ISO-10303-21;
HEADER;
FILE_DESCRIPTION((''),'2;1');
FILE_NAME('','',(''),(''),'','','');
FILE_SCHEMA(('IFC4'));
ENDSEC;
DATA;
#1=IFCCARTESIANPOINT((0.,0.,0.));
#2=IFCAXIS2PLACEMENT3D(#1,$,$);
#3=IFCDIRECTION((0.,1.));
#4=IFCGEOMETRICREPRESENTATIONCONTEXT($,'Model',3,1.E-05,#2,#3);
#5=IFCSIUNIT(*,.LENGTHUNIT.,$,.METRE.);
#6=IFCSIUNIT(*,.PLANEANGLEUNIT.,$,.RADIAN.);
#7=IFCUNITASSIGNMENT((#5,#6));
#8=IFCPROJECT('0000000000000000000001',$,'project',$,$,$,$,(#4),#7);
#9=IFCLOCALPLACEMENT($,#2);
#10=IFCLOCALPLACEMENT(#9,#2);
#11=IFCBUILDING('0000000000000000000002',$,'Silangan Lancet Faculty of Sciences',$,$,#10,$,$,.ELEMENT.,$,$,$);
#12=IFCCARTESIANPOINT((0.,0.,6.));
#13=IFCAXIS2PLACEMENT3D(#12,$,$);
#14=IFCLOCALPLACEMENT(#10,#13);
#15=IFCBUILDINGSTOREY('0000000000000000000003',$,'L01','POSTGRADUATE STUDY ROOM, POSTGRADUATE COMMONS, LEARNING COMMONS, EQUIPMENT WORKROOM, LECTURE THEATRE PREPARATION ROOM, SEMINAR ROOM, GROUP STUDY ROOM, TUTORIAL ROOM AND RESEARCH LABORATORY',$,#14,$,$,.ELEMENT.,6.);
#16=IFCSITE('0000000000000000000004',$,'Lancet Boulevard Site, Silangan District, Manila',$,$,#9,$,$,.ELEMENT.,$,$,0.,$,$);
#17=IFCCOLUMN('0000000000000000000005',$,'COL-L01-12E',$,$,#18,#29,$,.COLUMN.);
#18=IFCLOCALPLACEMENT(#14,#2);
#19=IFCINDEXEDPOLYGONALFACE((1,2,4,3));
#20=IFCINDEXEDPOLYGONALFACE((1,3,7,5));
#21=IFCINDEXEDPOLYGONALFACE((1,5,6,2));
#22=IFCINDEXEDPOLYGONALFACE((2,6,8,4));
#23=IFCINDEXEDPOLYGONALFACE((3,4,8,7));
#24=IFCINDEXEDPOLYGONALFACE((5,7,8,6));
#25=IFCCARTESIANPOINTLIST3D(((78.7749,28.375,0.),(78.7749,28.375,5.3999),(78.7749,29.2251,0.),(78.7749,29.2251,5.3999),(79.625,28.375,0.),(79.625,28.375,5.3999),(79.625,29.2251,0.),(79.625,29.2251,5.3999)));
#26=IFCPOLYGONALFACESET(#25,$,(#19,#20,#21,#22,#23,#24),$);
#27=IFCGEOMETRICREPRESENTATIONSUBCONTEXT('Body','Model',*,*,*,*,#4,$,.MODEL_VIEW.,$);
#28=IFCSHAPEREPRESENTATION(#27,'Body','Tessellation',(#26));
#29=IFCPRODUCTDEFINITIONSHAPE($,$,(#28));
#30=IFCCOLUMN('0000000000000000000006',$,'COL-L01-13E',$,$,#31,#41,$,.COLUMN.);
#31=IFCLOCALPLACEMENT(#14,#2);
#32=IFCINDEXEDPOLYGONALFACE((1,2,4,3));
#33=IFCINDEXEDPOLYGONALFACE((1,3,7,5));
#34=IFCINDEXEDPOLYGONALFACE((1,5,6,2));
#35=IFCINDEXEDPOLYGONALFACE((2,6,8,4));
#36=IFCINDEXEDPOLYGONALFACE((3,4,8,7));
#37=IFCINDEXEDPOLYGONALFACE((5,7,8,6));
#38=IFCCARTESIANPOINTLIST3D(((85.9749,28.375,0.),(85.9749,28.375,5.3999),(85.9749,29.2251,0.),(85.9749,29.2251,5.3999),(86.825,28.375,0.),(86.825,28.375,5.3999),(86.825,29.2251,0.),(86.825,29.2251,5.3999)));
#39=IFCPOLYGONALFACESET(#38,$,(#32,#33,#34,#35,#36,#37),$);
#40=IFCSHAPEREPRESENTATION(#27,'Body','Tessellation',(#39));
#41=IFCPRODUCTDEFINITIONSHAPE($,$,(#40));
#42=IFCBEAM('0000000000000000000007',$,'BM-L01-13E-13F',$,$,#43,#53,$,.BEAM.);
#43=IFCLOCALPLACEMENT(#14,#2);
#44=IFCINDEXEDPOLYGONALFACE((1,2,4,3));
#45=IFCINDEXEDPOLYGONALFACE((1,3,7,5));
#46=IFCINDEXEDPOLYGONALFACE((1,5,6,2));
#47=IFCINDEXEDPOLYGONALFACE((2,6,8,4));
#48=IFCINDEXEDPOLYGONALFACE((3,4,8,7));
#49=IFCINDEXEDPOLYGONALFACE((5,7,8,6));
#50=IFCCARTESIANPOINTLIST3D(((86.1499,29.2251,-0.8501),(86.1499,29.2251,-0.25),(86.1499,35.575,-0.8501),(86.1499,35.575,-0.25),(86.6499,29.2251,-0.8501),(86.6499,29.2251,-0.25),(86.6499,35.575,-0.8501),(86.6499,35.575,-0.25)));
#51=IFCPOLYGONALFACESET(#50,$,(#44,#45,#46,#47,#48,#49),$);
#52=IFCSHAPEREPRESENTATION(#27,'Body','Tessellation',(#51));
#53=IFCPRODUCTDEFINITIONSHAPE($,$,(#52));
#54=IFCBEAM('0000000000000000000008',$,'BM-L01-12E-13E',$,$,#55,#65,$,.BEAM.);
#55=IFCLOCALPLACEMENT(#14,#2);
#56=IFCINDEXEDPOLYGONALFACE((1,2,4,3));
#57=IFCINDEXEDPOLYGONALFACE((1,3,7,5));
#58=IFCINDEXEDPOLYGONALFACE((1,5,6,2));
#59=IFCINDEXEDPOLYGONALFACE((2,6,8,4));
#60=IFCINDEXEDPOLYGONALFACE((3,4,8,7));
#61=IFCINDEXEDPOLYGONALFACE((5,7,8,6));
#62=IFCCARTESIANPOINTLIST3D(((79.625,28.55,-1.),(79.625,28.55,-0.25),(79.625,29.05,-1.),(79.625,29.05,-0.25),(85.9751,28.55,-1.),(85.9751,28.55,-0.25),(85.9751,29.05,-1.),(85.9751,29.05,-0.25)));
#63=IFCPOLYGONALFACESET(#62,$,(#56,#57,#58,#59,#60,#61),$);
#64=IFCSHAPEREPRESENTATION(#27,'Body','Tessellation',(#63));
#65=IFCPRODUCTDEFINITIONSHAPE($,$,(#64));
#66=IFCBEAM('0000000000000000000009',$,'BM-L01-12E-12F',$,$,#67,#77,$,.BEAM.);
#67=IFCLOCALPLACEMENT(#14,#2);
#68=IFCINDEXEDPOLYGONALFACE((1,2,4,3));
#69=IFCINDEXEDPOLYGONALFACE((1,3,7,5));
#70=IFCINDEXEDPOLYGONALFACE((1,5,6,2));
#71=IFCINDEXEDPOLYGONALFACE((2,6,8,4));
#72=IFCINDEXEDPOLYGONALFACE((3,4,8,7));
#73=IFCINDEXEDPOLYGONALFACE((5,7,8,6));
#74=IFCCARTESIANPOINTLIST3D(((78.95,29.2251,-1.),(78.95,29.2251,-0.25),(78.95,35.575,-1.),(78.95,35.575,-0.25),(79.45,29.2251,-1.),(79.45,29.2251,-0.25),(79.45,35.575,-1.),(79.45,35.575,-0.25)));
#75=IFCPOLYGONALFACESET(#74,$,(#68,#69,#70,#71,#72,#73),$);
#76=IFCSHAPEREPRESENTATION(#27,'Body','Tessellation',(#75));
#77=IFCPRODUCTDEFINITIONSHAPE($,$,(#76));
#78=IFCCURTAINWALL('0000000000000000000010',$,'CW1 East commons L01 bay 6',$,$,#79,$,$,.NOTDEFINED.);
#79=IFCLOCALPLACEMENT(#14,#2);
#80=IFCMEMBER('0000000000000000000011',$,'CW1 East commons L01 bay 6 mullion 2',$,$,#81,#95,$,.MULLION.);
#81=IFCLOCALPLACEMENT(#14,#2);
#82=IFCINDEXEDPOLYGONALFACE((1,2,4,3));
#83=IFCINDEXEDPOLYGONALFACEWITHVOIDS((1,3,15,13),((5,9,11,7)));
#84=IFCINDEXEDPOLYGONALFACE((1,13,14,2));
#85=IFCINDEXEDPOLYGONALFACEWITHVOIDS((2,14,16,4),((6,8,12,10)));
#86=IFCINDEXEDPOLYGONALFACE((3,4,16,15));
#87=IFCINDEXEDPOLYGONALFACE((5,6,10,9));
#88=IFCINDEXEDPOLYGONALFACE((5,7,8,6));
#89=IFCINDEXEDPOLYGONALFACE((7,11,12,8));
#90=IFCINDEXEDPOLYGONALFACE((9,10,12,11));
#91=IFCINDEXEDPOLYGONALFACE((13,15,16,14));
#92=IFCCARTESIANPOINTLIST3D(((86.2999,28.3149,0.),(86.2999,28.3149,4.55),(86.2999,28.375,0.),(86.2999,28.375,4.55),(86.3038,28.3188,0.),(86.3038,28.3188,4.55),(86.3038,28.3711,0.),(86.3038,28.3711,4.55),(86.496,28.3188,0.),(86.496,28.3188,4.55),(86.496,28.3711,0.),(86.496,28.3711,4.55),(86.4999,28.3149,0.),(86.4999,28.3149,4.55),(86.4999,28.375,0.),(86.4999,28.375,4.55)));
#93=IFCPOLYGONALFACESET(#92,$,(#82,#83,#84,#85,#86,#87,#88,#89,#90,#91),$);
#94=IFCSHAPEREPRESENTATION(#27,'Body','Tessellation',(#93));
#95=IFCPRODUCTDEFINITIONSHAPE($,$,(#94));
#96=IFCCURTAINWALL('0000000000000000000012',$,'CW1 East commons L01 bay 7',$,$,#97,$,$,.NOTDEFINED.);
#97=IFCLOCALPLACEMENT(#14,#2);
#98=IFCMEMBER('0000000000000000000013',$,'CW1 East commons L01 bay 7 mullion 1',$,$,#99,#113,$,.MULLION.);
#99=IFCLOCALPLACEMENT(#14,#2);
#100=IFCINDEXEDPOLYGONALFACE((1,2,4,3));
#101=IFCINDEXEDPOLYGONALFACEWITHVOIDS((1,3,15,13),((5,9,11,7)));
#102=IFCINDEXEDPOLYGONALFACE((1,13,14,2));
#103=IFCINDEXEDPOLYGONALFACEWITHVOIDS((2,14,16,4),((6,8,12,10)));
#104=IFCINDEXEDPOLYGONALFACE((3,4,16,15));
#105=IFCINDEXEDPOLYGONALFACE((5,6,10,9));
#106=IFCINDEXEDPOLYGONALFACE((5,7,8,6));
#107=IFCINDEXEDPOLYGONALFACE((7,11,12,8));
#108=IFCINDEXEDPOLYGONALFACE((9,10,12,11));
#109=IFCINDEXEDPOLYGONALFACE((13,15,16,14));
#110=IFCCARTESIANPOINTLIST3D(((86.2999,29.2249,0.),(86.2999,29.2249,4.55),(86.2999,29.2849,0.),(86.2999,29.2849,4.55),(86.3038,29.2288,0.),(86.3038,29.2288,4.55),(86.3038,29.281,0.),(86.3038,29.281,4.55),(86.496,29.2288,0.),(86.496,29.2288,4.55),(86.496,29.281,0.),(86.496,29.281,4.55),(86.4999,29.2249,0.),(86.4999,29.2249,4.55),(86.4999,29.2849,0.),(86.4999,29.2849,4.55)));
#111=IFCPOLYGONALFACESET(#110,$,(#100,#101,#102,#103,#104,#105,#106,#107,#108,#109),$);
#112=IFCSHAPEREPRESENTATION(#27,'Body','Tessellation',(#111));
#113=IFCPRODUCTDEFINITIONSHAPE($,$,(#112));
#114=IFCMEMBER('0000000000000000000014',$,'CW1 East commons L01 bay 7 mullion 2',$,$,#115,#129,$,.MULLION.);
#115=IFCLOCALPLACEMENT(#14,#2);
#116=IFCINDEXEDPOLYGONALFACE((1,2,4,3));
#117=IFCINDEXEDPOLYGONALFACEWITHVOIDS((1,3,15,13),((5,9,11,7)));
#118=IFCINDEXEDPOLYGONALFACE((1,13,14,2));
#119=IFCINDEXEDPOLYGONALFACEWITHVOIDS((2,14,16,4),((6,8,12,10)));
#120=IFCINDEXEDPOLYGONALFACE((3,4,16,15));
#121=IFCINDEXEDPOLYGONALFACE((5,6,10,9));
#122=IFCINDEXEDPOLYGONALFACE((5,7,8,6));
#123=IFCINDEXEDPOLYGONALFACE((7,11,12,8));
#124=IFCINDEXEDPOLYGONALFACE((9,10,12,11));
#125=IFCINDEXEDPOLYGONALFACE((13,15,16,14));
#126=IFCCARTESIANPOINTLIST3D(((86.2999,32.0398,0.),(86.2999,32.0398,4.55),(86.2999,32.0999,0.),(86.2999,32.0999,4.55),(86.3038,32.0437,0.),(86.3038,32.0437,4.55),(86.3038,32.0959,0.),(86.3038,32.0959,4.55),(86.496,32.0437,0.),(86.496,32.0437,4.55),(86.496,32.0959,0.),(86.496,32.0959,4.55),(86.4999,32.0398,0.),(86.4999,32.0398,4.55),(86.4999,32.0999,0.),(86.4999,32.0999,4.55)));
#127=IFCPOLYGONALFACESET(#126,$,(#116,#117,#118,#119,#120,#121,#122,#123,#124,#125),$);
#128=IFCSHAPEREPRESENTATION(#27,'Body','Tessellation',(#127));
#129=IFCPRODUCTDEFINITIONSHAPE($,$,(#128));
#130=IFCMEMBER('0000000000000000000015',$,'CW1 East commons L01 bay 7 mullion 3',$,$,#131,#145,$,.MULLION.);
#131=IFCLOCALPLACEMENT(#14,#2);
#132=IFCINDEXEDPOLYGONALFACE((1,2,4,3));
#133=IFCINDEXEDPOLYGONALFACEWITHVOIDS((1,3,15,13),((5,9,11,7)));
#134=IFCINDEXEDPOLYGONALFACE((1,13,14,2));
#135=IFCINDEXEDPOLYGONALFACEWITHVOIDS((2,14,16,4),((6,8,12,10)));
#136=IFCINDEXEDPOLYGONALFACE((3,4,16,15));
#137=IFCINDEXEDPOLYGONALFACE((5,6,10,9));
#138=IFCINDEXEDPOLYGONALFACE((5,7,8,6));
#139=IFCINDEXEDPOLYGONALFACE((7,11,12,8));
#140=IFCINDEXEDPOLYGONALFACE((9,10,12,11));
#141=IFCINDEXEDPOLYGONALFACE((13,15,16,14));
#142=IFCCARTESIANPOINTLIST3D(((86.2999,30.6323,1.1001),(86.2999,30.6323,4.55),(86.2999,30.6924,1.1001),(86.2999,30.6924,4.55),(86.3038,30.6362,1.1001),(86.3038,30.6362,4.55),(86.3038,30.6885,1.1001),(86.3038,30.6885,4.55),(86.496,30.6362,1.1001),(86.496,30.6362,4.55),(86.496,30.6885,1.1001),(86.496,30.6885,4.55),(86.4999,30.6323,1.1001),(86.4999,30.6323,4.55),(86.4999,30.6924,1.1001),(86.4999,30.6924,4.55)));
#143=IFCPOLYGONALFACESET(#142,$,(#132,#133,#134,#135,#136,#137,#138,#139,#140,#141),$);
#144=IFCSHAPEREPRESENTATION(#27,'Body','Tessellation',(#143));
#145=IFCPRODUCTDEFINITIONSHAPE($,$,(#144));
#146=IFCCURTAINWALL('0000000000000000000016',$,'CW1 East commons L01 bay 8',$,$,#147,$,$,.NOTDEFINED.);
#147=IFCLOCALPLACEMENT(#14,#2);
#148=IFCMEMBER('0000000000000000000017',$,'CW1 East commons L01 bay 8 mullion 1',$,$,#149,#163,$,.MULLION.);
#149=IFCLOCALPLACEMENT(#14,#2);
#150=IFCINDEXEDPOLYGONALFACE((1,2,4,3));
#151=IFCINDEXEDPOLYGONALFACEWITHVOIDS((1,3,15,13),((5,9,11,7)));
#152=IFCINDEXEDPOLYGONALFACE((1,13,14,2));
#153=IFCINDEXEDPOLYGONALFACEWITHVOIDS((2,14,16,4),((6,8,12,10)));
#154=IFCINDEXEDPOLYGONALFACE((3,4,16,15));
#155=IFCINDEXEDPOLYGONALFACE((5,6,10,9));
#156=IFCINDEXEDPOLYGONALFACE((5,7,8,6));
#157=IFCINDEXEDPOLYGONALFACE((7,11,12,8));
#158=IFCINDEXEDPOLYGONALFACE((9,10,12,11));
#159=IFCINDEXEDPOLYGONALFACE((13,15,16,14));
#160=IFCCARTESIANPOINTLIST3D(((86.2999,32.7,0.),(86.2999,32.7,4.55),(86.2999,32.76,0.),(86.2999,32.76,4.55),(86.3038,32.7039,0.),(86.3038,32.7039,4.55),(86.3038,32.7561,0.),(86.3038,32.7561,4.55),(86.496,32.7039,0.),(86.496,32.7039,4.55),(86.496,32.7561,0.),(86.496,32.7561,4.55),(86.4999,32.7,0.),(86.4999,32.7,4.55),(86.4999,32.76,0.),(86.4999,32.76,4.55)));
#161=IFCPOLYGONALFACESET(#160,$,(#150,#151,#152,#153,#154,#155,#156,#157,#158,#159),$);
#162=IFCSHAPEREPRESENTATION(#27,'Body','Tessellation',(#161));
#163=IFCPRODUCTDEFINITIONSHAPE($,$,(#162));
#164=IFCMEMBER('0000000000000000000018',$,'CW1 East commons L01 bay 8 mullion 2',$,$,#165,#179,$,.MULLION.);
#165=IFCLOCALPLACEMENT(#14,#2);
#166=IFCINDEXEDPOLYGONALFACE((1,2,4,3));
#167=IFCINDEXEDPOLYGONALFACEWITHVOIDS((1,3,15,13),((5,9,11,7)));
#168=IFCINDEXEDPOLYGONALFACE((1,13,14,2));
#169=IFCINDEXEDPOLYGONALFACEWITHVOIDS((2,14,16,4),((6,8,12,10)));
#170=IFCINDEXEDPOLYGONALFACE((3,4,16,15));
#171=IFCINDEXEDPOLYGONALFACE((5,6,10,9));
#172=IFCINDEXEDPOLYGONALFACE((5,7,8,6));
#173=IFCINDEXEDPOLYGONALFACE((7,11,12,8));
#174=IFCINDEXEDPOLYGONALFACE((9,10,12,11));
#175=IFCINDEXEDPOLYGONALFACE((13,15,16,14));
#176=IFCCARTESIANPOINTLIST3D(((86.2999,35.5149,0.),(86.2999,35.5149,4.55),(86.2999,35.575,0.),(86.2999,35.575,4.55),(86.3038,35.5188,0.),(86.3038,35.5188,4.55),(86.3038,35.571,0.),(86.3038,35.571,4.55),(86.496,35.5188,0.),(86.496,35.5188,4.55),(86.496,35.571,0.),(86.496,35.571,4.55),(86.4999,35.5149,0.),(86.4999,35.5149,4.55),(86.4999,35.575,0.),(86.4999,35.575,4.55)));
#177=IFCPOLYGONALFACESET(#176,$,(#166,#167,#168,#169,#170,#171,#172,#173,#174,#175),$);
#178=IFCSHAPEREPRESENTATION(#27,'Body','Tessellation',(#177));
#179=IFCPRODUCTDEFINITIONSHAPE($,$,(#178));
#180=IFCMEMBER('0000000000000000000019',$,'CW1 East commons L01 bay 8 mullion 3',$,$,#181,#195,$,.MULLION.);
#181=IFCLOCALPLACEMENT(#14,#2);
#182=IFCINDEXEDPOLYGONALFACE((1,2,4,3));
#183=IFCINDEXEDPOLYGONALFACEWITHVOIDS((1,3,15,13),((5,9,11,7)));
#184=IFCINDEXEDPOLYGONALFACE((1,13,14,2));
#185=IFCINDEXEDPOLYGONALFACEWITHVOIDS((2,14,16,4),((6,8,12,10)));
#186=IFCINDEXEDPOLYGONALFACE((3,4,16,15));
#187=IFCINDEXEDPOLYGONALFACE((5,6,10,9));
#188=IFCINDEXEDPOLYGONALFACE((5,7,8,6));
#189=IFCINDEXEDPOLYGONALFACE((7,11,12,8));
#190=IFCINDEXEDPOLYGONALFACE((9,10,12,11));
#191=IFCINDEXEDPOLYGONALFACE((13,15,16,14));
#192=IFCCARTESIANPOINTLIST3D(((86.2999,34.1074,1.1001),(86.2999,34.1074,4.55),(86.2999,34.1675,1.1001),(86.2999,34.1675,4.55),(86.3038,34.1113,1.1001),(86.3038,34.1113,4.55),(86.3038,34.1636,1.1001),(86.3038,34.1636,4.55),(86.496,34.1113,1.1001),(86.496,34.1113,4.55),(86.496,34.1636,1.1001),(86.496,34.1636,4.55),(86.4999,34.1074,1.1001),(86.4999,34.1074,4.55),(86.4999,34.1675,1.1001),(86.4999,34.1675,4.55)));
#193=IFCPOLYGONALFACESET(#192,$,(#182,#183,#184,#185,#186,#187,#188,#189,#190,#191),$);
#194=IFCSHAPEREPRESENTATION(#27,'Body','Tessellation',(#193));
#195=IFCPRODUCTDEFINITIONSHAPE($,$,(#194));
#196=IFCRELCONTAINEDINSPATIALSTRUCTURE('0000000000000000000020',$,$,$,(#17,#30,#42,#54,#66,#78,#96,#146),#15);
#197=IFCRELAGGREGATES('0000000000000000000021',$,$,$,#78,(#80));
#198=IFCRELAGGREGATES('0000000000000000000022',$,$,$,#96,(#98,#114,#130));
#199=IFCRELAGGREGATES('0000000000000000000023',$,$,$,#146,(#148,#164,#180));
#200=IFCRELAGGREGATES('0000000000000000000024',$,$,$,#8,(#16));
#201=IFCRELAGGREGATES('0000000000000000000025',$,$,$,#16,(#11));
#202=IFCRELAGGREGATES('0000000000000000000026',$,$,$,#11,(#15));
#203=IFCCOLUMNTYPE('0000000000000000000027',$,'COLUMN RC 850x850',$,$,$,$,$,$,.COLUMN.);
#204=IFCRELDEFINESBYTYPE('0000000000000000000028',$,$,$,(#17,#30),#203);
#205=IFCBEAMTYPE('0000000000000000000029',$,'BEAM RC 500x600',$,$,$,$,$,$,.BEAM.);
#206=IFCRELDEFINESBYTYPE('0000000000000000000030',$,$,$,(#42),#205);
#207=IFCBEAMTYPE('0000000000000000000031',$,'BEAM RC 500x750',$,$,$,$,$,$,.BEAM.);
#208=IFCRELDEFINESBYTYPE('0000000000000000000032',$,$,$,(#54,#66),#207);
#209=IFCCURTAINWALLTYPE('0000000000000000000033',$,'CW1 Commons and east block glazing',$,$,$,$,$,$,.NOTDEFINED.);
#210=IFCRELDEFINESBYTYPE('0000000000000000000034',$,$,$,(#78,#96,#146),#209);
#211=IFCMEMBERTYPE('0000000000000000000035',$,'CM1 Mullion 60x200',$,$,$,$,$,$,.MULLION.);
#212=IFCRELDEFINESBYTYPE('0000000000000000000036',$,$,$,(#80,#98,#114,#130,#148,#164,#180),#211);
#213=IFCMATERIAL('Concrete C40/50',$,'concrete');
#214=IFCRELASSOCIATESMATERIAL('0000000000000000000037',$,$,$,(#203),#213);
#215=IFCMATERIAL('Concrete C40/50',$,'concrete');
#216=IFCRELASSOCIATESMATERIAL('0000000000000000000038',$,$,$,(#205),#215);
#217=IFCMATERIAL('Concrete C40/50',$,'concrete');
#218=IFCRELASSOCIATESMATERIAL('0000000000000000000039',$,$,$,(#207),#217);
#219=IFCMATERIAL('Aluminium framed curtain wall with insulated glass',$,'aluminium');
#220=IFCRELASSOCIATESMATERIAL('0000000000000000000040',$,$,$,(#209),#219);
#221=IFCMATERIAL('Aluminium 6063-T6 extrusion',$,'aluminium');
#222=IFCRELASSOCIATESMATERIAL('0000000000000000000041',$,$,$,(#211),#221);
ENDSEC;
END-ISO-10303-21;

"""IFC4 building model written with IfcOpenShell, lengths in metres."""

from ifc_helpers import new_model, si_unit, direction, frame, origin, origin_2d, place, context, subcontext, project, spatial, rectangle, hollow_rectangle, extrude, material, material_profile, profile_set, type_object, element, aggregate, save


model = new_model("IFC4")

# Units and contexts
model_context = context("Model", 3, precision=1e-05, world=origin(), true_north=direction((0.0, 1.0)))
body_context = subcontext(model_context, "Body", "Model", "MODEL_VIEW")
ifc_project = project(units=[si_unit("LENGTHUNIT", "METRE"), si_unit("PLANEANGLEUNIT", "RADIAN")], contexts=[model_context])

# Site, building, storey
site_placement = place(None, origin())
site = spatial("IfcSite", under=ifc_project, at=site_placement, Name="Lancet Boulevard Site, Silangan District, Manila", CompositionType="ELEMENT", RefElevation=0.0)
building_placement = place(site_placement, origin())
building = spatial("IfcBuilding", under=site, at=building_placement, Name="Silangan Lancet Faculty of Sciences", CompositionType="ELEMENT")
storey_placement = place(building_placement, frame((0.0, 0.0, 6.0)))
storey = spatial("IfcBuildingStorey", under=building, at=storey_placement, Name="L01", Description="POSTGRADUATE STUDY ROOM, POSTGRADUATE COMMONS, LEARNING COMMONS, EQUIPMENT WORKROOM, LECTURE THEATRE PREPARATION ROOM, SEMINAR ROOM, GROUP STUDY ROOM, TUTORIAL ROOM AND RESEARCH LABORATORY", CompositionType="ELEMENT", Elevation=6.0)

# Columns
ifc_material_1 = material(Name="Concrete C40/50", Category="concrete")
ifc_material_profile_1 = material_profile(ifc_material_1, rectangle(XDim=0.8501, YDim=0.8501, at=origin_2d()), Name="RC 850x850")
ifc_profile_set_1 = profile_set([ifc_material_profile_1], Name="Concrete C40/50")
column_type = type_object("IfcColumnType", Name="COLUMN RC 850x850", PredefinedType="COLUMN", material=ifc_profile_set_1)
for number, where, z_axis, x_axis, name in (
    (1, (79.2, 28.8, 0.0), (0.0, 0.0, 1.0), (1.0, 0.0, 0.0), "COL-L01-12E"),
    (2, (86.3999, 28.8, 0.0), (0.0, 0.0, 1.0), (1.0, 0.0, 0.0), "COL-L01-13E"),
):
    element("IfcColumn", number, at=place(storey_placement, frame(where, z_axis=z_axis, x_axis=x_axis)), inside=storey, type_object=column_type, Name=name, PredefinedType="COLUMN", context=body_context, shape_type="SweptSolid", body=[
        extrude(rectangle(XDim=0.8501, YDim=0.8501, at=origin_2d()), origin(), (0.0, 0.0, 1.0), 5.3999),
    ])

# Beams
ifc_material_2 = material(Name="Concrete C40/50", Category="concrete")
ifc_material_profile_2 = material_profile(ifc_material_2, rectangle(XDim=0.5, YDim=0.6001, at=origin_2d()), Name="RC 500x600")
ifc_profile_set_2 = profile_set([ifc_material_profile_2], Name="Concrete C40/50")
beam_type_1 = type_object("IfcBeamType", Name="BEAM RC 500x600", PredefinedType="BEAM", material=ifc_profile_set_2)
beam_1_placement = place(storey_placement, frame((86.3999, 29.2251, -0.55), z_axis=(0.0, 1.0, 0.0), x_axis=(-1.0, 0.0, 0.0)))
element("IfcBeam", 3, at=beam_1_placement, inside=storey, type_object=beam_type_1, Name="BM-L01-13E-13F", PredefinedType="BEAM", context=body_context, shape_type="SweptSolid", body=[
    extrude(rectangle(XDim=0.5, YDim=0.6001, at=origin_2d()), origin(), (0.0, 0.0, 1.0), 6.3499),
])
ifc_material_3 = material(Name="Concrete C40/50", Category="concrete")
ifc_material_profile_3 = material_profile(ifc_material_3, rectangle(XDim=0.5, YDim=0.75, at=origin_2d()), Name="RC 500x750")
ifc_profile_set_3 = profile_set([ifc_material_profile_3], Name="Concrete C40/50")
beam_type_2 = type_object("IfcBeamType", Name="BEAM RC 500x750", PredefinedType="BEAM", material=ifc_profile_set_3)
beam_2_placement = place(storey_placement, frame((79.625, 28.8, -0.625), z_axis=(1.0, 0.0, 0.0), x_axis=(0.0, 1.0, 0.0)))
element("IfcBeam", 4, at=beam_2_placement, inside=storey, type_object=beam_type_2, Name="BM-L01-12E-13E", PredefinedType="BEAM", context=body_context, shape_type="SweptSolid", body=[
    extrude(rectangle(XDim=0.5, YDim=0.75, at=origin_2d()), origin(), (0.0, 0.0, 1.0), 6.3501),
])
beam_3_placement = place(storey_placement, frame((79.2, 29.2251, -0.625), z_axis=(0.0, 1.0, 0.0), x_axis=(-1.0, 0.0, 0.0)))
element("IfcBeam", 5, at=beam_3_placement, inside=storey, type_object=beam_type_2, Name="BM-L01-12E-12F", PredefinedType="BEAM", context=body_context, shape_type="SweptSolid", body=[
    extrude(rectangle(XDim=0.5, YDim=0.75, at=origin_2d()), origin(), (0.0, 0.0, 1.0), 6.3499),
])

# Curtain wall, member
ifc_material_4 = material(Name="Aluminium framed curtain wall with insulated glass", Category="aluminium")
curtain_wall_type = type_object("IfcCurtainWallType", Name="CW1 Commons and east block glazing", PredefinedType="NOTDEFINED", material=ifc_material_4)
curtain_wall_1_placement = place(storey_placement, origin())
curtain_wall_1 = element("IfcCurtainWall", 6, at=curtain_wall_1_placement, inside=storey, type_object=curtain_wall_type, Name="CW1 East commons L01 bay 6", PredefinedType="NOTDEFINED")
ifc_material_5 = material(Name="Aluminium 6063-T6 extrusion", Category="aluminium")
ifc_material_profile_4 = material_profile(ifc_material_5, hollow_rectangle(XDim=0.0601, YDim=0.2, WallThickness=0.0039, at=origin_2d()), Name="AL BOX 60x200x4")
ifc_profile_set_4 = profile_set([ifc_material_profile_4], Name="Aluminium 6063-T6 extrusion")
member_type_1 = type_object("IfcMemberType", Name="CM1 Mullion 60x200", PredefinedType="MULLION", material=ifc_profile_set_4)
member_1_placement = place(storey_placement, frame((86.3999, 28.345, 0.0), z_axis=(0.0, 0.0, 1.0), x_axis=(0.0, 1.0, 0.0)))
member_1 = element("IfcMember", 7, at=member_1_placement, type_object=member_type_1, Name="CW1 East commons L01 bay 6 mullion 2", PredefinedType="MULLION", context=body_context, shape_type="SweptSolid", body=[
    extrude(hollow_rectangle(XDim=0.0601, YDim=0.2, WallThickness=0.0039, at=origin_2d()), origin(), (0.0, 0.0, 1.0), 4.55),
])

# Curtain walls, members
curtain_wall_2_placement = place(storey_placement, origin())
curtain_wall_2 = element("IfcCurtainWall", 8, at=curtain_wall_2_placement, inside=storey, type_object=curtain_wall_type, Name="CW1 East commons L01 bay 7", PredefinedType="NOTDEFINED")
member_2_placement = place(storey_placement, frame((86.3999, 29.2549, 0.0), z_axis=(0.0, 0.0, 1.0), x_axis=(0.0, 1.0, 0.0)))
member_2 = element("IfcMember", 9, at=member_2_placement, type_object=member_type_1, Name="CW1 East commons L01 bay 7 mullion 1", PredefinedType="MULLION", context=body_context, shape_type="SweptSolid", body=[
    extrude(hollow_rectangle(XDim=0.0601, YDim=0.2, WallThickness=0.0039, at=origin_2d()), origin(), (0.0, 0.0, 1.0), 4.55),
])
member_3_placement = place(storey_placement, frame((86.3999, 32.0698, 0.0), z_axis=(0.0, 0.0, 1.0), x_axis=(0.0, 1.0, 0.0)))
member_3 = element("IfcMember", 10, at=member_3_placement, type_object=member_type_1, Name="CW1 East commons L01 bay 7 mullion 2", PredefinedType="MULLION", context=body_context, shape_type="SweptSolid", body=[
    extrude(hollow_rectangle(XDim=0.0601, YDim=0.2, WallThickness=0.0039, at=origin_2d()), origin(), (0.0, 0.0, 1.0), 4.55),
])
member_4_placement = place(storey_placement, frame((86.3999, 30.6624, 1.1001), z_axis=(0.0, 0.0, 1.0), x_axis=(0.0, 1.0, 0.0)))
member_4 = element("IfcMember", 11, at=member_4_placement, type_object=member_type_1, Name="CW1 East commons L01 bay 7 mullion 3", PredefinedType="MULLION", context=body_context, shape_type="SweptSolid", body=[
    extrude(hollow_rectangle(XDim=0.0601, YDim=0.2, WallThickness=0.0039, at=origin_2d()), origin(), (0.0, 0.0, 1.0), 3.45),
])
curtain_wall_3_placement = place(storey_placement, origin())
curtain_wall_3 = element("IfcCurtainWall", 12, at=curtain_wall_3_placement, inside=storey, type_object=curtain_wall_type, Name="CW1 East commons L01 bay 8", PredefinedType="NOTDEFINED")
member_5_placement = place(storey_placement, frame((86.3999, 32.73, 0.0), z_axis=(0.0, 0.0, 1.0), x_axis=(0.0, 1.0, 0.0)))
member_5 = element("IfcMember", 13, at=member_5_placement, type_object=member_type_1, Name="CW1 East commons L01 bay 8 mullion 1", PredefinedType="MULLION", context=body_context, shape_type="SweptSolid", body=[
    extrude(hollow_rectangle(XDim=0.0601, YDim=0.2, WallThickness=0.0039, at=origin_2d()), origin(), (0.0, 0.0, 1.0), 4.55),
])
member_6_placement = place(storey_placement, frame((86.3999, 35.5449, 0.0), z_axis=(0.0, 0.0, 1.0), x_axis=(0.0, 1.0, 0.0)))
member_6 = element("IfcMember", 14, at=member_6_placement, type_object=member_type_1, Name="CW1 East commons L01 bay 8 mullion 2", PredefinedType="MULLION", context=body_context, shape_type="SweptSolid", body=[
    extrude(hollow_rectangle(XDim=0.0601, YDim=0.2, WallThickness=0.0039, at=origin_2d()), origin(), (0.0, 0.0, 1.0), 4.55),
])
member_7_placement = place(storey_placement, frame((86.3999, 34.1375, 1.1001), z_axis=(0.0, 0.0, 1.0), x_axis=(0.0, 1.0, 0.0)))
member_7 = element("IfcMember", 15, at=member_7_placement, type_object=member_type_1, Name="CW1 East commons L01 bay 8 mullion 3", PredefinedType="MULLION", context=body_context, shape_type="SweptSolid", body=[
    extrude(hollow_rectangle(XDim=0.0601, YDim=0.2, WallThickness=0.0039, at=origin_2d()), origin(), (0.0, 0.0, 1.0), 3.45),
])

aggregate(curtain_wall_1, [member_1])
aggregate(curtain_wall_2, [member_2, member_3, member_4])
aggregate(curtain_wall_3, [member_5, member_6, member_7])

save(model, "model.ifc")
